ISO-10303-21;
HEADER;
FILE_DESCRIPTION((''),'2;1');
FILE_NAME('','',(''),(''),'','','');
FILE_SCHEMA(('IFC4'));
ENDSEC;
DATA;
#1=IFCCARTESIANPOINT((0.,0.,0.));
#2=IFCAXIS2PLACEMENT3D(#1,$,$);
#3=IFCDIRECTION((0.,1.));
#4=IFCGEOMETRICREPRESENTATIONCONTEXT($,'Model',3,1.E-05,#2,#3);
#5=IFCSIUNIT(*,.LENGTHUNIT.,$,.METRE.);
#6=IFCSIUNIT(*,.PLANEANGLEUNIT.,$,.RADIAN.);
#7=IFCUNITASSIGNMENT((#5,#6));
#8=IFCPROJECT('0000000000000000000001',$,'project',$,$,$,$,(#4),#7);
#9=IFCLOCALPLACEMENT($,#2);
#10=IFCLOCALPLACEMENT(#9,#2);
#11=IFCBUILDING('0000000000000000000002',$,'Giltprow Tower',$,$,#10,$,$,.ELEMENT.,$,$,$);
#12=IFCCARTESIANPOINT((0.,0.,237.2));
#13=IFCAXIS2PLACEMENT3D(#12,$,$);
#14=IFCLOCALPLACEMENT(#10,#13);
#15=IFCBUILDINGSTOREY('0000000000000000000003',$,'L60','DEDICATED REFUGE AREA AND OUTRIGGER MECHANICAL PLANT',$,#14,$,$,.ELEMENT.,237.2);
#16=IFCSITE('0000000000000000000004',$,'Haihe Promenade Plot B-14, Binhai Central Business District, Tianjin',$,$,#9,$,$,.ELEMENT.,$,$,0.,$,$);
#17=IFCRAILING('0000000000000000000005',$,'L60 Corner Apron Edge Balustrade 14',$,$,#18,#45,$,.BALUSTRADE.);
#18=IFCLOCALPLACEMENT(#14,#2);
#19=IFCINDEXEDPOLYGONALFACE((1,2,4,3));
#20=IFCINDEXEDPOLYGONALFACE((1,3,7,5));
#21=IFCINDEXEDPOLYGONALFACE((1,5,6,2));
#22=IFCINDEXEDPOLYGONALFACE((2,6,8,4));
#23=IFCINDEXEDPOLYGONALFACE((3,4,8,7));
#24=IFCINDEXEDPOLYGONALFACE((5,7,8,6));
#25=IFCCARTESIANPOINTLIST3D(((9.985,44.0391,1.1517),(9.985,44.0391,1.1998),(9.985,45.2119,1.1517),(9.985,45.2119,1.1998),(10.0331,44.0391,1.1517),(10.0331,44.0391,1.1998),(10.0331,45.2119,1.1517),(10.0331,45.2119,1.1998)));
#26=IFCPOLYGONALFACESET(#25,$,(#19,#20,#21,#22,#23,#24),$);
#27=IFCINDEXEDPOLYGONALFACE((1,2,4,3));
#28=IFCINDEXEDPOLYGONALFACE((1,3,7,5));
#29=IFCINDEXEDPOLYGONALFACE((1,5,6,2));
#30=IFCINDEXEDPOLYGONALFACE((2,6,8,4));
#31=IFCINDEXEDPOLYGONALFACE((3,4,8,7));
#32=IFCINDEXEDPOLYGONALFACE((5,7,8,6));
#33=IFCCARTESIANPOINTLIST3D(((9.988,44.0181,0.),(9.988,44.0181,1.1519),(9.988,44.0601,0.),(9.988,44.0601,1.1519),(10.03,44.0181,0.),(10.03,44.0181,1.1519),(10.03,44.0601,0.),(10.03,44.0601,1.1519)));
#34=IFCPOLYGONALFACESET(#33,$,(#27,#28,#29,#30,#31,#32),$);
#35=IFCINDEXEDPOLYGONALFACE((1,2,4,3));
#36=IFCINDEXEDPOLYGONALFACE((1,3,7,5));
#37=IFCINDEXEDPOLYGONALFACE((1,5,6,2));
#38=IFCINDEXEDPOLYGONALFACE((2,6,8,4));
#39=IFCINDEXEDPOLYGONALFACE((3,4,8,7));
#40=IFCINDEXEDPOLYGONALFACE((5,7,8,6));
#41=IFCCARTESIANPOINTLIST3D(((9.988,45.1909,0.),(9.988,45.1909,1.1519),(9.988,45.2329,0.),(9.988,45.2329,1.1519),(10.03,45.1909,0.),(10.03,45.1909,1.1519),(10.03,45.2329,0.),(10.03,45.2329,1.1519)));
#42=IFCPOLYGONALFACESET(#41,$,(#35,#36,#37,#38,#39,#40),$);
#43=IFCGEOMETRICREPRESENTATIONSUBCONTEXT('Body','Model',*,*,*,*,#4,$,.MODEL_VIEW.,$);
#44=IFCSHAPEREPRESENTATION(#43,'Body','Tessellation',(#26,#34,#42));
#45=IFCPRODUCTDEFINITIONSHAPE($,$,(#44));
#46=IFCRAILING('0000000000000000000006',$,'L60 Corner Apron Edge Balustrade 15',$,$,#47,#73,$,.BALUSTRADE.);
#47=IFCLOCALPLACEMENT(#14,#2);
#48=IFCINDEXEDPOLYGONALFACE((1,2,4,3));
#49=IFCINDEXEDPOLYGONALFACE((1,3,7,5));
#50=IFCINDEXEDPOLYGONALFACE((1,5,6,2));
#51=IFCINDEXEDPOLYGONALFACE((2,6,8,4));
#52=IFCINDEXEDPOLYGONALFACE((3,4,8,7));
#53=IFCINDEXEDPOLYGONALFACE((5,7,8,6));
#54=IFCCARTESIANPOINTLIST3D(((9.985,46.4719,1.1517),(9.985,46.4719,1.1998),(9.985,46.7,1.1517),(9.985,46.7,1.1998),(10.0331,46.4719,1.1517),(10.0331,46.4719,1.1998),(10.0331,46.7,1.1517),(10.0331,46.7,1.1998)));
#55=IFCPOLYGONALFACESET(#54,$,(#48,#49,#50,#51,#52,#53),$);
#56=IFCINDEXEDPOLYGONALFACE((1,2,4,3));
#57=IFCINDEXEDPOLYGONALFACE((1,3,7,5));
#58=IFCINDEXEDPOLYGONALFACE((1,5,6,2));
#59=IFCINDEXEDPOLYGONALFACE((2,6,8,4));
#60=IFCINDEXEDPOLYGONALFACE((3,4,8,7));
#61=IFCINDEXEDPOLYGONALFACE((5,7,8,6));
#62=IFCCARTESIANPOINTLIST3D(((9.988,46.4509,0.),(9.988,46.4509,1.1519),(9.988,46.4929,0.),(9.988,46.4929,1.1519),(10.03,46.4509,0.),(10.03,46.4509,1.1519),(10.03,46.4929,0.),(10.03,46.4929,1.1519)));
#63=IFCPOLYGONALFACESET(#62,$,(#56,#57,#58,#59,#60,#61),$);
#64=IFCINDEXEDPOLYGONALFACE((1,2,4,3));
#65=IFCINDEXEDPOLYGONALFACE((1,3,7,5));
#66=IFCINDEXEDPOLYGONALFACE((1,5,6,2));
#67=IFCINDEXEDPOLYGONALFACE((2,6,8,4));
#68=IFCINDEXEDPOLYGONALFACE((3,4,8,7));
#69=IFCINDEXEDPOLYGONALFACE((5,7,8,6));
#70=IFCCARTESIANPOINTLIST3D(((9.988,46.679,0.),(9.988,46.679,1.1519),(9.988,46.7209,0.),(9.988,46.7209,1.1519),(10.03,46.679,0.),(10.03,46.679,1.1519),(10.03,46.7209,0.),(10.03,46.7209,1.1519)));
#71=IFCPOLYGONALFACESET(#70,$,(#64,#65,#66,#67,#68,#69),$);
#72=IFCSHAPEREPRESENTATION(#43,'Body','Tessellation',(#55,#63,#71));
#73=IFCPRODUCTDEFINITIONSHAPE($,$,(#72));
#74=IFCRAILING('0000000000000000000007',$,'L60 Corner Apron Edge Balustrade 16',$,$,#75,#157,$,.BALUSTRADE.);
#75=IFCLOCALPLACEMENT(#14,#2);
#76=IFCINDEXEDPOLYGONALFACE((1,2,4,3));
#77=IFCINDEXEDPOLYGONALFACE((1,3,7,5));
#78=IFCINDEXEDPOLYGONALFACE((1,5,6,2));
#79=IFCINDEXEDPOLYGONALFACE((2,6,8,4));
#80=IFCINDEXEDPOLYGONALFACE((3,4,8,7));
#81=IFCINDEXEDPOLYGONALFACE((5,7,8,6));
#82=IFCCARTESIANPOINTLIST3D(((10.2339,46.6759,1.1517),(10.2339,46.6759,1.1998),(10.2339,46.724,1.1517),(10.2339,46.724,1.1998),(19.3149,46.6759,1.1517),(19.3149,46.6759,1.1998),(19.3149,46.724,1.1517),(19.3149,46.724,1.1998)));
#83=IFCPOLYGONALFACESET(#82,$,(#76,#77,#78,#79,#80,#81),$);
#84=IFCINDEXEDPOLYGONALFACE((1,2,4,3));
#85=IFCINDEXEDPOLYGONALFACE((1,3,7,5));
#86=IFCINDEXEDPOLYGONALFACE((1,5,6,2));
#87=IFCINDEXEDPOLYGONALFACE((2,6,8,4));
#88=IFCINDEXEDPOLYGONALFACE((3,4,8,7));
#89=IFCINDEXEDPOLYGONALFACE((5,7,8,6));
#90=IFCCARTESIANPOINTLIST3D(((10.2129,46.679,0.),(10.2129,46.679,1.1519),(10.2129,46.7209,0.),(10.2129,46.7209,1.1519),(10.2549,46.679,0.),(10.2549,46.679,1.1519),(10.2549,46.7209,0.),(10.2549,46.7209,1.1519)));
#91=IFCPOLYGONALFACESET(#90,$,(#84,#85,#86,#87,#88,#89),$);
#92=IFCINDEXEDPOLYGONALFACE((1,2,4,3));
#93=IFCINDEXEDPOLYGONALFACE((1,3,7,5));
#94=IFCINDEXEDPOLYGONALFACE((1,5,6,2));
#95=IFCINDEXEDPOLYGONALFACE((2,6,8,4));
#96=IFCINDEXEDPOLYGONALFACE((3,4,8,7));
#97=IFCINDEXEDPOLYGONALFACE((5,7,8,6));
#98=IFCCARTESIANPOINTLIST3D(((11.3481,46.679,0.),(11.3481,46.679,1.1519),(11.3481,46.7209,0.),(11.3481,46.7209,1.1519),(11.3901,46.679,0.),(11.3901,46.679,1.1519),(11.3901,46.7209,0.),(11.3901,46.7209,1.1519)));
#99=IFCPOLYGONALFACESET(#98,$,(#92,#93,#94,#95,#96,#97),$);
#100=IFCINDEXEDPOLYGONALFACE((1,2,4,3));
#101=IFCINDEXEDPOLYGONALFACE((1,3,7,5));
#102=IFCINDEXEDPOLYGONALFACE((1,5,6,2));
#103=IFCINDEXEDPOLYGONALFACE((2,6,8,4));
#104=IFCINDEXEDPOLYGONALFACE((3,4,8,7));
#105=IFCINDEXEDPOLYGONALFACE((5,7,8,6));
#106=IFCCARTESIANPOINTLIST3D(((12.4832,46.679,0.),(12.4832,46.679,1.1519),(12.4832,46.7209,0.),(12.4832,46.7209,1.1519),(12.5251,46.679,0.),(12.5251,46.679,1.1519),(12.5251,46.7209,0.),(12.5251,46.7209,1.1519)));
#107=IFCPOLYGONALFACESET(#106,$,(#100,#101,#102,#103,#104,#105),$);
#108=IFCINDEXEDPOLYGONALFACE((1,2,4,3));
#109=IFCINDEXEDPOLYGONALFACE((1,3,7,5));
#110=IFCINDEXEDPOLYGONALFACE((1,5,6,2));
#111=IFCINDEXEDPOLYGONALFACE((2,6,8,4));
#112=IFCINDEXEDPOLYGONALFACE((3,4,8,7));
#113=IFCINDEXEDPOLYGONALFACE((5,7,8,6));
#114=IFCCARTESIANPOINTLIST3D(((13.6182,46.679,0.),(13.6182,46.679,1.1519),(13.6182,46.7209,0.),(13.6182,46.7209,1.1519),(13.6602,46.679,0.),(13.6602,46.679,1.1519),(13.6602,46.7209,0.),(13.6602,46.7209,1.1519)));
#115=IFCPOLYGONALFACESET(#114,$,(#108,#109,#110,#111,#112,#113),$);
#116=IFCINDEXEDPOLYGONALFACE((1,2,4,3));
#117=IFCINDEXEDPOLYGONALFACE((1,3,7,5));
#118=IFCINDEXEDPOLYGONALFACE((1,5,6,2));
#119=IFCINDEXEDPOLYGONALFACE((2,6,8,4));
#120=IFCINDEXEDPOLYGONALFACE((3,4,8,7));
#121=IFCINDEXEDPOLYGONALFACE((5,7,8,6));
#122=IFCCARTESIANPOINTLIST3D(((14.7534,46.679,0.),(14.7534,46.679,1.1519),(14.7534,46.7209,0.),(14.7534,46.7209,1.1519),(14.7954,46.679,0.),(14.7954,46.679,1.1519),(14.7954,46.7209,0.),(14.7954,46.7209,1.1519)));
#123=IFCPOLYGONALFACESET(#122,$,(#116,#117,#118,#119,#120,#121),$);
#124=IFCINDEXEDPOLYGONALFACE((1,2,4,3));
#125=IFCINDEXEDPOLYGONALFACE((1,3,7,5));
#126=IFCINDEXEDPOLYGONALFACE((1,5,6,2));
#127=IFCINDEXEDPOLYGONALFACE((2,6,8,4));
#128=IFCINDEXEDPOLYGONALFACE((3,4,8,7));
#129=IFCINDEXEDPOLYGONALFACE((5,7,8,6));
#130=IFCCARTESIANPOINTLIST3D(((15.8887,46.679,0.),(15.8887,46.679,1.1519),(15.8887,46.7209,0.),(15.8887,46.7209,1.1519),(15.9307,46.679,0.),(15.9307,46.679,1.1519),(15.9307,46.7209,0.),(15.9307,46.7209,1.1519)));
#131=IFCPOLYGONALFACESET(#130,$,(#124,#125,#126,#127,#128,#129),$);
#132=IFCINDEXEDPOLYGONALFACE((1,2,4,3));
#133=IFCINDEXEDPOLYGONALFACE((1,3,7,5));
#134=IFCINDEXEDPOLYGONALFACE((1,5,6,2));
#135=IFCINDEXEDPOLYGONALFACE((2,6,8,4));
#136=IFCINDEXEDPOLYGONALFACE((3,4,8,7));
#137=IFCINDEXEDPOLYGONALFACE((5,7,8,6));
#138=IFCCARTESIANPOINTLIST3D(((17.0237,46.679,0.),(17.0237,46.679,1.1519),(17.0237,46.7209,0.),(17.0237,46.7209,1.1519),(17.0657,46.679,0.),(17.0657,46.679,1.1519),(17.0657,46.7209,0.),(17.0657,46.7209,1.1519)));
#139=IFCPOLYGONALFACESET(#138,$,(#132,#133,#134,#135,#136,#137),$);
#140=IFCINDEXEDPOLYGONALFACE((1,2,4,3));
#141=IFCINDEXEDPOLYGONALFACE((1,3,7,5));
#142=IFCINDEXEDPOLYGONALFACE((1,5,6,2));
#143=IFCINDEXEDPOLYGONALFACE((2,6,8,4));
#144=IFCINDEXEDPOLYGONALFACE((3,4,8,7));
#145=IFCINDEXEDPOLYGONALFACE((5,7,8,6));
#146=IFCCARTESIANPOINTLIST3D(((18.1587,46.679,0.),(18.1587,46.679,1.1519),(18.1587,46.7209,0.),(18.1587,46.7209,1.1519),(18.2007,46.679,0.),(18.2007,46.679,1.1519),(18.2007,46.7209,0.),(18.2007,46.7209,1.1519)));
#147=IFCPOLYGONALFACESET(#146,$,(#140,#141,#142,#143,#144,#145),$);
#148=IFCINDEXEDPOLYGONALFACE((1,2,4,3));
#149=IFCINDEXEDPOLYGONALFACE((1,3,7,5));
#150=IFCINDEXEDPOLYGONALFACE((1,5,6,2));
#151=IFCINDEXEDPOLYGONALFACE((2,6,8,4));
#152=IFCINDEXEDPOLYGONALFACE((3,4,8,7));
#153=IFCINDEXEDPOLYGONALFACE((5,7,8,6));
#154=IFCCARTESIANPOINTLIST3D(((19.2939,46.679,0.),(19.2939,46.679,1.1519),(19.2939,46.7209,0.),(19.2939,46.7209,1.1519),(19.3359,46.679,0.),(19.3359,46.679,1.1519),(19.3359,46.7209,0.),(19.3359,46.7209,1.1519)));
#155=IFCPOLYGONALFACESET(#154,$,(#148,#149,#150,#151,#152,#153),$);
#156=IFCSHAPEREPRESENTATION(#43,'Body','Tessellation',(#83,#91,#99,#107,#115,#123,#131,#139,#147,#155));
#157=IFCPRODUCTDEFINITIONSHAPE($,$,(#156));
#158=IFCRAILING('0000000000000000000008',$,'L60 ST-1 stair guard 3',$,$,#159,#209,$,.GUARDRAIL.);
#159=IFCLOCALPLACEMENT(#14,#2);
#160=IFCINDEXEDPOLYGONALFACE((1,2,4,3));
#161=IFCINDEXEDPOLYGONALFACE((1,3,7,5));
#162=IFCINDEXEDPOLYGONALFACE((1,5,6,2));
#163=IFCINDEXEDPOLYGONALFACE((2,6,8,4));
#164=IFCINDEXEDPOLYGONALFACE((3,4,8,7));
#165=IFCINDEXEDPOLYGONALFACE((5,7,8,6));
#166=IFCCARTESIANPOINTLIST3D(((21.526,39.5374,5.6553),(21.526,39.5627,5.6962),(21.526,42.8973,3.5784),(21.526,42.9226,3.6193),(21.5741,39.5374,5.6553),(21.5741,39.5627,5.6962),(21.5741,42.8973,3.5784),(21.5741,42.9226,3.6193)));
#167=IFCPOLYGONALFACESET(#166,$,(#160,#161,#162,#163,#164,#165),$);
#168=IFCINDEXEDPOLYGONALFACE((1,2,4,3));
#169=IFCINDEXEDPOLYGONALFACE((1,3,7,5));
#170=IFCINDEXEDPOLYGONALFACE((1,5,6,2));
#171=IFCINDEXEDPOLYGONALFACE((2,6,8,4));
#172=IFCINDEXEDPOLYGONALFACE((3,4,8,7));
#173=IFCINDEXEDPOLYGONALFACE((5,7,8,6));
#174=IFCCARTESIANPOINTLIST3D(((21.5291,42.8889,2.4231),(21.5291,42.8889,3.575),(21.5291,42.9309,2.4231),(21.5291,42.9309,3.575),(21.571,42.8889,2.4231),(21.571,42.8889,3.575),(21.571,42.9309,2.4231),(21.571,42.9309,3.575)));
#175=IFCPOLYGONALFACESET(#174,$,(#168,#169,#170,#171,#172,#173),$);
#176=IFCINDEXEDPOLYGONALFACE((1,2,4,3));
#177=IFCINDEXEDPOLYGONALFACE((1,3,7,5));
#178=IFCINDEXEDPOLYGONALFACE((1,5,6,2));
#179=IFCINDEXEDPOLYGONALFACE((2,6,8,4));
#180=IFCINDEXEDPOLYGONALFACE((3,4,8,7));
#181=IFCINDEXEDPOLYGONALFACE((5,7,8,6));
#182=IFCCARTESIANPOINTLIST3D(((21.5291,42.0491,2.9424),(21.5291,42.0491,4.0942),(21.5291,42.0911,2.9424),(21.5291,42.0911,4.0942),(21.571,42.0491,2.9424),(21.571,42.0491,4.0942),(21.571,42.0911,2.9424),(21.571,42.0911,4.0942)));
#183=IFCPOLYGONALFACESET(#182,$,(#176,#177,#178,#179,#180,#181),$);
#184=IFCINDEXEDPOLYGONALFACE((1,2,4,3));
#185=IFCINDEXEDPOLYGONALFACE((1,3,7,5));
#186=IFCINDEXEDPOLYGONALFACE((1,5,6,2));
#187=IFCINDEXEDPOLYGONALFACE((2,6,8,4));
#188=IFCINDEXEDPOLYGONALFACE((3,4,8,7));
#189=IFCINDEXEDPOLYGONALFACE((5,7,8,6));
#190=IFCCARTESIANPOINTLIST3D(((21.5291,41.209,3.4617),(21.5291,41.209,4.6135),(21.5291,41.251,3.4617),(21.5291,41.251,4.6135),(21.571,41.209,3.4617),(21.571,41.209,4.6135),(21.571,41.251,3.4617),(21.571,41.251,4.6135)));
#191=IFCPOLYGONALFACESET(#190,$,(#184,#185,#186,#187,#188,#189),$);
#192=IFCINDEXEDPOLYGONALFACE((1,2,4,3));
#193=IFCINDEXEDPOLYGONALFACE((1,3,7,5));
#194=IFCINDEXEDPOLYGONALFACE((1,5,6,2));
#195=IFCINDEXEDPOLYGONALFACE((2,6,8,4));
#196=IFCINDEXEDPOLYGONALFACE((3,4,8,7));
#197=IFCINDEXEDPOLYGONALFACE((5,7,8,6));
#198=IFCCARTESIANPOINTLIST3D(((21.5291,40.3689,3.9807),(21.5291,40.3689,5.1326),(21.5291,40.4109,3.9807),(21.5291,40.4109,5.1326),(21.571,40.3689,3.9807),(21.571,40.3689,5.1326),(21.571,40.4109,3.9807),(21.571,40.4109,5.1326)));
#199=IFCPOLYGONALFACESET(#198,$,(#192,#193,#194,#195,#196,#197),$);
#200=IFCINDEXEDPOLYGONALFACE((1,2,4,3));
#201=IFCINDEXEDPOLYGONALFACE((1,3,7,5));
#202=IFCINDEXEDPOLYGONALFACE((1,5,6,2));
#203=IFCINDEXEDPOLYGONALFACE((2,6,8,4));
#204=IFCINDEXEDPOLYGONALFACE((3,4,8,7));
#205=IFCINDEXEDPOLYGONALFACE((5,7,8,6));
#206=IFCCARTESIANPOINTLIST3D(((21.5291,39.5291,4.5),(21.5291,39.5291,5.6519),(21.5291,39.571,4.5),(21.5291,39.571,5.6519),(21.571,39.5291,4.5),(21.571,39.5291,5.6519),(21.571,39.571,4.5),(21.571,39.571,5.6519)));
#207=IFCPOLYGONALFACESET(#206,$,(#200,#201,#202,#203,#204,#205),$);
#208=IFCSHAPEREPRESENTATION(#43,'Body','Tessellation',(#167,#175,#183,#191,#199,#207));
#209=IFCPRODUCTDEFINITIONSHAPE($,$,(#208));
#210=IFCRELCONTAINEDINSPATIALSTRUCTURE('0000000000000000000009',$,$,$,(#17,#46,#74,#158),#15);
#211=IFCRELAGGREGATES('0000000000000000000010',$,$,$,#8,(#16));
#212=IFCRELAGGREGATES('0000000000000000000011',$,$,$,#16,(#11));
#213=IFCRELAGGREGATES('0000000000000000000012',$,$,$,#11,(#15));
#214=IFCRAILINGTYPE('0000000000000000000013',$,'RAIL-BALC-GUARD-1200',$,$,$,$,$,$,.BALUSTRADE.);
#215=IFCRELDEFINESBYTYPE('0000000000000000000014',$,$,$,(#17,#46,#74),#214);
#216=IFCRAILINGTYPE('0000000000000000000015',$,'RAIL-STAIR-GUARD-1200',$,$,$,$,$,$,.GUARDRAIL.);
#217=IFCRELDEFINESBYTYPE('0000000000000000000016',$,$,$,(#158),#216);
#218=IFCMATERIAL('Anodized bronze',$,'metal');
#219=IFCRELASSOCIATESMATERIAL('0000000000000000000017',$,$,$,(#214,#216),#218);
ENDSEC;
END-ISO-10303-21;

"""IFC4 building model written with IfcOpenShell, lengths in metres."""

from ifc_helpers import new_model, si_unit, direction, frame, origin, origin_2d, place, context, subcontext, project, spatial, rectangle, extrude, material, type_object, element, save


model = new_model("IFC4")

# Units and contexts
model_context = context("Model", 3, precision=1e-05, world=origin(), true_north=direction((0.0, 1.0)))
body_context = subcontext(model_context, "Body", "Model", "MODEL_VIEW")
ifc_project = project(units=[si_unit("LENGTHUNIT", "METRE"), si_unit("PLANEANGLEUNIT", "RADIAN")], contexts=[model_context])

# Site, building, storey
site_placement = place(None, origin())
site = spatial("IfcSite", under=ifc_project, at=site_placement, Name="Haihe Promenade Plot B-14, Binhai Central Business District, Tianjin", CompositionType="ELEMENT", RefElevation=0.0)
building_placement = place(site_placement, origin())
building = spatial("IfcBuilding", under=site, at=building_placement, Name="Giltprow Tower", CompositionType="ELEMENT")
storey_placement = place(building_placement, frame((0.0, 0.0, 237.2)))
storey = spatial("IfcBuildingStorey", under=building, at=storey_placement, Name="L60", Description="DEDICATED REFUGE AREA AND OUTRIGGER MECHANICAL PLANT", CompositionType="ELEMENT", Elevation=237.2)

# Railings
ifc_material_1 = material(Name="Anodized bronze", Category="metal")
railing_type_1 = type_object("IfcRailingType", Name="RAIL-BALC-GUARD-1200", PredefinedType="BALUSTRADE", material=ifc_material_1)
railing_1_placement = place(storey_placement, frame((10.009, 44.0391, 0.0)))
element("IfcRailing", 1, at=railing_1_placement, inside=storey, type_object=railing_type_1, Name="L60 Corner Apron Edge Balustrade 14", PredefinedType="BALUSTRADE", context=body_context, shape_type="SweptSolid", body=[
    extrude(rectangle(XDim=0.0481, YDim=0.0481, at=origin_2d()), frame((0.0, 0.0, 1.1758), z_axis=(0.0, 1.0, 0.0), x_axis=(-1.0, 0.0, 0.0)), (0.0, 0.0, 1.0), 1.1729),
    extrude(rectangle(XDim=0.042, YDim=0.042, at=origin_2d()), origin(), (0.0, 0.0, 1.0), 1.1519),
    extrude(rectangle(XDim=0.042, YDim=0.042, at=origin_2d()), frame((0.0, 1.1729, 0.0)), (0.0, 0.0, 1.0), 1.1519),
])
railing_2_placement = place(storey_placement, frame((10.009, 46.4719, 0.0)))
element("IfcRailing", 2, at=railing_2_placement, inside=storey, type_object=railing_type_1, Name="L60 Corner Apron Edge Balustrade 15", PredefinedType="BALUSTRADE", context=body_context, shape_type="SweptSolid", body=[
    extrude(rectangle(XDim=0.0481, YDim=0.0481, at=origin_2d()), frame((0.0, 0.0, 1.1758), z_axis=(0.0, 1.0, 0.0), x_axis=(-1.0, 0.0, 0.0)), (0.0, 0.0, 1.0), 0.228),
    extrude(rectangle(XDim=0.042, YDim=0.042, at=origin_2d()), origin(), (0.0, 0.0, 1.0), 1.1519),
    extrude(rectangle(XDim=0.042, YDim=0.042, at=origin_2d()), frame((0.0, 0.228, 0.0)), (0.0, 0.0, 1.0), 1.1519),
])
railing_3_placement = place(storey_placement, frame((10.2339, 46.7, 0.0)))
element("IfcRailing", 3, at=railing_3_placement, inside=storey, type_object=railing_type_1, Name="L60 Corner Apron Edge Balustrade 16", PredefinedType="BALUSTRADE", context=body_context, shape_type="SweptSolid", body=[
    extrude(rectangle(XDim=0.0481, YDim=0.0481, at=origin_2d()), frame((0.0, 0.0, 1.1758), z_axis=(1.0, 0.0, 0.0), x_axis=(0.0, 1.0, 0.0)), (0.0, 0.0, 1.0), 9.0811),
    extrude(rectangle(XDim=0.042, YDim=0.042, at=origin_2d()), origin(), (0.0, 0.0, 1.0), 1.1519),
    extrude(rectangle(XDim=0.042, YDim=0.042, at=origin_2d()), frame((1.1353, 0.0, 0.0)), (0.0, 0.0, 1.0), 1.1519),
    extrude(rectangle(XDim=0.042, YDim=0.042, at=origin_2d()), frame((2.2703, 0.0, 0.0)), (0.0, 0.0, 1.0), 1.1519),
    extrude(rectangle(XDim=0.042, YDim=0.042, at=origin_2d()), frame((3.4053, 0.0, 0.0)), (0.0, 0.0, 1.0), 1.1519),
    extrude(rectangle(XDim=0.042, YDim=0.042, at=origin_2d()), frame((4.5405, 0.0, 0.0)), (0.0, 0.0, 1.0), 1.1519),
    extrude(rectangle(XDim=0.042, YDim=0.042, at=origin_2d()), frame((5.6758, 0.0, 0.0)), (0.0, 0.0, 1.0), 1.1519),
    extrude(rectangle(XDim=0.042, YDim=0.042, at=origin_2d()), frame((6.8108, 0.0, 0.0)), (0.0, 0.0, 1.0), 1.1519),
    extrude(rectangle(XDim=0.042, YDim=0.042, at=origin_2d()), frame((7.9458, 0.0, 0.0)), (0.0, 0.0, 1.0), 1.1519),
    extrude(rectangle(XDim=0.042, YDim=0.042, at=origin_2d()), frame((9.0811, 0.0, 0.0)), (0.0, 0.0, 1.0), 1.1519),
])
railing_type_2 = type_object("IfcRailingType", Name="RAIL-STAIR-GUARD-1200", PredefinedType="GUARDRAIL", material=ifc_material_1)
railing_4_placement = place(storey_placement, frame((21.55, 42.9099, 2.4231)))
element("IfcRailing", 4, at=railing_4_placement, inside=storey, type_object=railing_type_2, Name="L60 ST-1 stair guard 3", PredefinedType="GUARDRAIL", context=body_context, shape_type="SweptSolid", body=[
    extrude(rectangle(XDim=0.0481, YDim=0.0481, at=origin_2d()), frame((0.0, 0.0, 1.1758), z_axis=(0.0, -0.850606, 0.525803), x_axis=(1.0, 0.0, 0.0)), (0.0, 0.0, 1.0), 3.95),
    extrude(rectangle(XDim=0.042, YDim=0.042, at=origin_2d()), origin(), (0.0, 0.0, 1.0), 1.1519),
    extrude(rectangle(XDim=0.042, YDim=0.042, at=origin_2d()), frame((0.0, -0.8398, 0.5193)), (0.0, 0.0, 1.0), 1.1519),
    extrude(rectangle(XDim=0.042, YDim=0.042, at=origin_2d()), frame((0.0, -1.6799, 1.0386)), (0.0, 0.0, 1.0), 1.1519),
    extrude(rectangle(XDim=0.042, YDim=0.042, at=origin_2d()), frame((0.0, -2.52, 1.5576)), (0.0, 0.0, 1.0), 1.1519),
    extrude(rectangle(XDim=0.042, YDim=0.042, at=origin_2d()), frame((0.0, -3.3599, 2.0769)), (0.0, 0.0, 1.0), 1.1519),
])

save(model, "model.ifc")
